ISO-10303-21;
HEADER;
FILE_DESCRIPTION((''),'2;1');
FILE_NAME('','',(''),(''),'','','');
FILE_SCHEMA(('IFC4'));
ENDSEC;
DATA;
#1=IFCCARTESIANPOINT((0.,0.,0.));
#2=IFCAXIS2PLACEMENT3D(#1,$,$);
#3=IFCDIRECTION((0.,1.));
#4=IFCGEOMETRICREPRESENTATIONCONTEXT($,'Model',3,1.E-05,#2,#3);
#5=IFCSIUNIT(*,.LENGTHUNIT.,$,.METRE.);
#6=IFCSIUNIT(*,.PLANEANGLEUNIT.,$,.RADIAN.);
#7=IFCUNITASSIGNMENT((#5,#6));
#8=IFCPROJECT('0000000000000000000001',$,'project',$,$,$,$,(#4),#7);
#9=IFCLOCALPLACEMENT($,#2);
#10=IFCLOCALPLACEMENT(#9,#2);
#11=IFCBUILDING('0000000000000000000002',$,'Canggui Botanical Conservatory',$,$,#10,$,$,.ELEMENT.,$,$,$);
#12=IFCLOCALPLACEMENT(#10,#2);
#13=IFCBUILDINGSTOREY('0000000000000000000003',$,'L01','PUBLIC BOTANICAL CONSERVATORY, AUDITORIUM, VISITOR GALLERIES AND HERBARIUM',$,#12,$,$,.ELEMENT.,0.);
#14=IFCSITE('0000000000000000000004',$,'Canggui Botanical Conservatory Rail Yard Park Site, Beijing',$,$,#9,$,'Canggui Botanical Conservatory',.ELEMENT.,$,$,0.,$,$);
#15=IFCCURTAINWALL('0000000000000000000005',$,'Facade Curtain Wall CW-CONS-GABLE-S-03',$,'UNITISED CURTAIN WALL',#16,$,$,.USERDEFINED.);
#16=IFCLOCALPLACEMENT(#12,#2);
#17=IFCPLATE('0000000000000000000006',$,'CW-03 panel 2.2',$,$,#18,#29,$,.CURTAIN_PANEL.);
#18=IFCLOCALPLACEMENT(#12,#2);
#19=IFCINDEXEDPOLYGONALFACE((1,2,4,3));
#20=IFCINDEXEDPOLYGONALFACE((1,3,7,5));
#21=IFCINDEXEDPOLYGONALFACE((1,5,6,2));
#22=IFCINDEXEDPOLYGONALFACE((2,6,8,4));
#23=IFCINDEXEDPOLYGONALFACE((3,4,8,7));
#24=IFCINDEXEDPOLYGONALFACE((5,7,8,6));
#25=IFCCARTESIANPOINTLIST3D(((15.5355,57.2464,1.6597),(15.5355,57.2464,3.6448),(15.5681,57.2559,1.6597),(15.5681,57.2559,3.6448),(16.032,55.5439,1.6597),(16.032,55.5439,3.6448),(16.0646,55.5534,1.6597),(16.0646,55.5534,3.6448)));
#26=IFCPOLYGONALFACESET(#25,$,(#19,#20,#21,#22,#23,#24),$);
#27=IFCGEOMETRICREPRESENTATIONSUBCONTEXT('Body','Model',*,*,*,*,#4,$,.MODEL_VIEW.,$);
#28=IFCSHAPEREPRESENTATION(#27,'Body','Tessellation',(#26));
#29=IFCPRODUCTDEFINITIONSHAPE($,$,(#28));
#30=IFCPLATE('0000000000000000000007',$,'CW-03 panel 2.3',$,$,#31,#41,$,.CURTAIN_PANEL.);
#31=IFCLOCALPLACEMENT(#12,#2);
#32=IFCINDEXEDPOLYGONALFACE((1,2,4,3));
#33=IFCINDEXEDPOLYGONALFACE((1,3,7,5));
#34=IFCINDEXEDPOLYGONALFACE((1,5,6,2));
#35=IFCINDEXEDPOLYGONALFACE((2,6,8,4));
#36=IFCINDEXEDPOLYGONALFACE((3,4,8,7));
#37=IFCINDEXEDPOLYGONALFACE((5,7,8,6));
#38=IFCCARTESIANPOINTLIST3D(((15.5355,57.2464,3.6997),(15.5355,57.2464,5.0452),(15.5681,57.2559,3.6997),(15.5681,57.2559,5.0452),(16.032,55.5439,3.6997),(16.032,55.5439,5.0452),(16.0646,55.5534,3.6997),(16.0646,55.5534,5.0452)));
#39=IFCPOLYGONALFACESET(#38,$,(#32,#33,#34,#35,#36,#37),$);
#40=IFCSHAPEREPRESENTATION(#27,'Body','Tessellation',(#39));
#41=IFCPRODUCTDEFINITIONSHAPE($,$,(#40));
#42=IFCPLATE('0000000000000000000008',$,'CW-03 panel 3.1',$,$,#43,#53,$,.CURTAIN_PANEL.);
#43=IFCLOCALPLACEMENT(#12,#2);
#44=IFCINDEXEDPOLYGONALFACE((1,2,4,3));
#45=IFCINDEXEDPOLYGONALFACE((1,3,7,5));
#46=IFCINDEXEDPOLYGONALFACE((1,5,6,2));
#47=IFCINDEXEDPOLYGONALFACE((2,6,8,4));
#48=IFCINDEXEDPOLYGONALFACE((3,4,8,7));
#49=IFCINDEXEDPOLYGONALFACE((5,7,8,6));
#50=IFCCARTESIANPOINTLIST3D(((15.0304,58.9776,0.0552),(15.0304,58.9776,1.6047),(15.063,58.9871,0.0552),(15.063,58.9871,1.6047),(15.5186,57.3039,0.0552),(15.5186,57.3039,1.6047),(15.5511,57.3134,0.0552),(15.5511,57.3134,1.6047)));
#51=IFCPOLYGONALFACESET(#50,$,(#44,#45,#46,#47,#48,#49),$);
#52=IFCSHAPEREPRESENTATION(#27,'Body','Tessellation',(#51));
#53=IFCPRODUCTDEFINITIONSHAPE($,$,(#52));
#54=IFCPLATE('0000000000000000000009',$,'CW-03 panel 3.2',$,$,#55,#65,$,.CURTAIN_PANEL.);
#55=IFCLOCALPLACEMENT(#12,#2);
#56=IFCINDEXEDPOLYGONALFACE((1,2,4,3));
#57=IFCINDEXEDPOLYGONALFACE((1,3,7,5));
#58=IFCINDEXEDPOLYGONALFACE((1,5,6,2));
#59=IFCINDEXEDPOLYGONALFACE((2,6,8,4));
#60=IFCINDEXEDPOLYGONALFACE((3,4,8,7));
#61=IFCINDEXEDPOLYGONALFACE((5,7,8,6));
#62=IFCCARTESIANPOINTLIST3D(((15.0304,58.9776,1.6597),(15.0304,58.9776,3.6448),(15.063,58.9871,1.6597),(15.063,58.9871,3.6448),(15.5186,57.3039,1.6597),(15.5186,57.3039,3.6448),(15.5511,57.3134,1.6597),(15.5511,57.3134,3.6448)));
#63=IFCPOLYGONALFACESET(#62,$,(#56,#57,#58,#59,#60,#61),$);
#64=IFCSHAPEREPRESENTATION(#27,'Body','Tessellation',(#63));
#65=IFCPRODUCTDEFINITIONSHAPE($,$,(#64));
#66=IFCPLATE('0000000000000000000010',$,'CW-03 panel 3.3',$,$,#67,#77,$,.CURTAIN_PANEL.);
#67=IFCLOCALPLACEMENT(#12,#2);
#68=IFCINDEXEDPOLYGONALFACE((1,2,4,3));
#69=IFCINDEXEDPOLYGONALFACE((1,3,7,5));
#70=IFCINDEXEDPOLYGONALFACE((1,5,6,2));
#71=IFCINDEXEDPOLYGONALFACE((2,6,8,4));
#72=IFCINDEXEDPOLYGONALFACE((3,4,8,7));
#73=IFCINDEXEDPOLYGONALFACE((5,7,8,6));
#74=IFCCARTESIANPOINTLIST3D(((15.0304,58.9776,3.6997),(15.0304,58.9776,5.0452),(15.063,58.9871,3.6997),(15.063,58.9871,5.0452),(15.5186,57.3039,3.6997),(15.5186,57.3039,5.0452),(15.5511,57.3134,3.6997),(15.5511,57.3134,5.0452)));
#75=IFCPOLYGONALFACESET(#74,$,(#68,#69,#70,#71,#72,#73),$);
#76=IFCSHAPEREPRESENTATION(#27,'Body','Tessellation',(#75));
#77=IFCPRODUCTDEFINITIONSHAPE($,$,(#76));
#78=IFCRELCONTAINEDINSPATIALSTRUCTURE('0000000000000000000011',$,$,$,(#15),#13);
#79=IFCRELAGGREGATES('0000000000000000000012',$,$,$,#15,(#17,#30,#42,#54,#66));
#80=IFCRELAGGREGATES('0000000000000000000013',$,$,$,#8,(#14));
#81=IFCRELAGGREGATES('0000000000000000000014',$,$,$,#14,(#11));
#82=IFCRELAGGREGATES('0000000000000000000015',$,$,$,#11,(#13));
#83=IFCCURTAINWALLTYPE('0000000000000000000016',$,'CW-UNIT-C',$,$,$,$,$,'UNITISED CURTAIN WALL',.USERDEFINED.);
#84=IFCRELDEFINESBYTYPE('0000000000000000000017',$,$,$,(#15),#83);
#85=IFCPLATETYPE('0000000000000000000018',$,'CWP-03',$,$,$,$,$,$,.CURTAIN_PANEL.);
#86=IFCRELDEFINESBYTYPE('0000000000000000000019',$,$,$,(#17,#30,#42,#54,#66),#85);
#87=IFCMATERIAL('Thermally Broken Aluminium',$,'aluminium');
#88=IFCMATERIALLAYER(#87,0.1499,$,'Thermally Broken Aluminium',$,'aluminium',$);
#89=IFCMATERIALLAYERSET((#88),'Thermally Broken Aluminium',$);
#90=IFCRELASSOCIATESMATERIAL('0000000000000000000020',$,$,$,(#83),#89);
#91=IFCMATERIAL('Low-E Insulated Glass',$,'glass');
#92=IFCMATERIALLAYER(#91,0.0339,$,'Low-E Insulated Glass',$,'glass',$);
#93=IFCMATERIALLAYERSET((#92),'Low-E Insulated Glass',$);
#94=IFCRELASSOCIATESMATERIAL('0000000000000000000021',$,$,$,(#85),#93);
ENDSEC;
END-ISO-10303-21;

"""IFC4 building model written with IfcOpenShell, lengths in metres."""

from ifc_helpers import new_model, si_unit, direction, frame, origin, origin_2d, place, context, subcontext, project, spatial, rectangle, extrude, material, layer, layer_set, type_object, element, aggregate, save


model = new_model("IFC4")

# Units and contexts
model_context = context("Model", 3, precision=1e-05, world=origin(), true_north=direction((0.0, 1.0)))
body_context = subcontext(model_context, "Body", "Model", "MODEL_VIEW")
ifc_project = project(units=[si_unit("LENGTHUNIT", "METRE"), si_unit("PLANEANGLEUNIT", "RADIAN")], contexts=[model_context])

# Site, building, storey
site_placement = place(None, origin())
site = spatial("IfcSite", under=ifc_project, at=site_placement, Name="Canggui Botanical Conservatory Rail Yard Park Site, Beijing", LongName="Canggui Botanical Conservatory", CompositionType="ELEMENT", RefElevation=0.0)
building_placement = place(site_placement, origin())
building = spatial("IfcBuilding", under=site, at=building_placement, Name="Canggui Botanical Conservatory", CompositionType="ELEMENT")
storey_placement = place(building_placement, origin())
storey = spatial("IfcBuildingStorey", under=building, at=storey_placement, Name="L01", Description="PUBLIC BOTANICAL CONSERVATORY, AUDITORIUM, VISITOR GALLERIES AND HERBARIUM", CompositionType="ELEMENT", Elevation=0.0)

# Shared definitions
ifc_material_1 = material(Name="Thermally Broken Aluminium", Category="aluminium")
ifc_layer_1 = layer(ifc_material_1, 0.1499, Name="Thermally Broken Aluminium", Category="aluminium")
ifc_layer_set_1 = layer_set([ifc_layer_1], Name="Thermally Broken Aluminium")
curtain_wall_type = type_object("IfcCurtainWallType", Name="CW-UNIT-C", ElementType="UNITISED CURTAIN WALL", PredefinedType="USERDEFINED", material=ifc_layer_set_1)

# Curtain wall, plates
curtain_wall_1_placement = place(storey_placement, origin())
curtain_wall_1 = element("IfcCurtainWall", 1, at=curtain_wall_1_placement, inside=storey, type_object=curtain_wall_type, Name="Facade Curtain Wall CW-CONS-GABLE-S-03", ObjectType="UNITISED CURTAIN WALL", PredefinedType="USERDEFINED")
ifc_material_2 = material(Name="Low-E Insulated Glass", Category="glass")
ifc_layer_2 = layer(ifc_material_2, 0.0339, Name="Low-E Insulated Glass", Category="glass")
ifc_layer_set_2 = layer_set([ifc_layer_2], Name="Low-E Insulated Glass")
plate_type = type_object("IfcPlateType", Name="CWP-03", PredefinedType="CURTAIN_PANEL", material=ifc_layer_set_2)
plate_1_placement = place(storey_placement, frame((15.8, 56.3999, 1.6597), z_axis=(0.0, 0.0, 1.0), x_axis=(-0.28, 0.96, 0.0)))
plate_1 = element("IfcPlate", 2, at=plate_1_placement, type_object=plate_type, Name="CW-03 panel 2.2", PredefinedType="CURTAIN_PANEL", context=body_context, shape_type="SweptSolid", body=[
    extrude(rectangle(XDim=1.7734, YDim=0.0339, at=origin_2d()), origin(), (0.0, 0.0, 1.0), 1.9851),
])
plate_2_placement = place(storey_placement, frame((15.8, 56.3999, 3.6997), z_axis=(0.0, 0.0, 1.0), x_axis=(-0.28, 0.96, 0.0)))
plate_2 = element("IfcPlate", 3, at=plate_2_placement, type_object=plate_type, Name="CW-03 panel 2.3", PredefinedType="CURTAIN_PANEL", context=body_context, shape_type="SweptSolid", body=[
    extrude(rectangle(XDim=1.7734, YDim=0.0339, at=origin_2d()), origin(), (0.0, 0.0, 1.0), 1.3455),
])
plate_3_placement = place(storey_placement, frame((15.2908, 58.1455, 0.0552), z_axis=(0.0, 0.0, 1.0), x_axis=(-0.28, 0.96, 0.0)))
plate_3 = element("IfcPlate", 4, at=plate_3_placement, type_object=plate_type, Name="CW-03 panel 3.1", PredefinedType="CURTAIN_PANEL", context=body_context, shape_type="SweptSolid", body=[
    extrude(rectangle(XDim=1.7434, YDim=0.0339, at=origin_2d()), origin(), (0.0, 0.0, 1.0), 1.5496),
])
plate_4_placement = place(storey_placement, frame((15.2908, 58.1455, 1.6597), z_axis=(0.0, 0.0, 1.0), x_axis=(-0.28, 0.96, 0.0)))
plate_4 = element("IfcPlate", 5, at=plate_4_placement, type_object=plate_type, Name="CW-03 panel 3.2", PredefinedType="CURTAIN_PANEL", context=body_context, shape_type="SweptSolid", body=[
    extrude(rectangle(XDim=1.7434, YDim=0.0339, at=origin_2d()), origin(), (0.0, 0.0, 1.0), 1.9851),
])
plate_5_placement = place(storey_placement, frame((15.2908, 58.1455, 3.6997), z_axis=(0.0, 0.0, 1.0), x_axis=(-0.28, 0.96, 0.0)))
plate_5 = element("IfcPlate", 6, at=plate_5_placement, type_object=plate_type, Name="CW-03 panel 3.3", PredefinedType="CURTAIN_PANEL", context=body_context, shape_type="SweptSolid", body=[
    extrude(rectangle(XDim=1.7434, YDim=0.0339, at=origin_2d()), origin(), (0.0, 0.0, 1.0), 1.3455),
])
aggregate(curtain_wall_1, [plate_1, plate_2, plate_3, plate_4, plate_5])

save(model, "model.ifc")
